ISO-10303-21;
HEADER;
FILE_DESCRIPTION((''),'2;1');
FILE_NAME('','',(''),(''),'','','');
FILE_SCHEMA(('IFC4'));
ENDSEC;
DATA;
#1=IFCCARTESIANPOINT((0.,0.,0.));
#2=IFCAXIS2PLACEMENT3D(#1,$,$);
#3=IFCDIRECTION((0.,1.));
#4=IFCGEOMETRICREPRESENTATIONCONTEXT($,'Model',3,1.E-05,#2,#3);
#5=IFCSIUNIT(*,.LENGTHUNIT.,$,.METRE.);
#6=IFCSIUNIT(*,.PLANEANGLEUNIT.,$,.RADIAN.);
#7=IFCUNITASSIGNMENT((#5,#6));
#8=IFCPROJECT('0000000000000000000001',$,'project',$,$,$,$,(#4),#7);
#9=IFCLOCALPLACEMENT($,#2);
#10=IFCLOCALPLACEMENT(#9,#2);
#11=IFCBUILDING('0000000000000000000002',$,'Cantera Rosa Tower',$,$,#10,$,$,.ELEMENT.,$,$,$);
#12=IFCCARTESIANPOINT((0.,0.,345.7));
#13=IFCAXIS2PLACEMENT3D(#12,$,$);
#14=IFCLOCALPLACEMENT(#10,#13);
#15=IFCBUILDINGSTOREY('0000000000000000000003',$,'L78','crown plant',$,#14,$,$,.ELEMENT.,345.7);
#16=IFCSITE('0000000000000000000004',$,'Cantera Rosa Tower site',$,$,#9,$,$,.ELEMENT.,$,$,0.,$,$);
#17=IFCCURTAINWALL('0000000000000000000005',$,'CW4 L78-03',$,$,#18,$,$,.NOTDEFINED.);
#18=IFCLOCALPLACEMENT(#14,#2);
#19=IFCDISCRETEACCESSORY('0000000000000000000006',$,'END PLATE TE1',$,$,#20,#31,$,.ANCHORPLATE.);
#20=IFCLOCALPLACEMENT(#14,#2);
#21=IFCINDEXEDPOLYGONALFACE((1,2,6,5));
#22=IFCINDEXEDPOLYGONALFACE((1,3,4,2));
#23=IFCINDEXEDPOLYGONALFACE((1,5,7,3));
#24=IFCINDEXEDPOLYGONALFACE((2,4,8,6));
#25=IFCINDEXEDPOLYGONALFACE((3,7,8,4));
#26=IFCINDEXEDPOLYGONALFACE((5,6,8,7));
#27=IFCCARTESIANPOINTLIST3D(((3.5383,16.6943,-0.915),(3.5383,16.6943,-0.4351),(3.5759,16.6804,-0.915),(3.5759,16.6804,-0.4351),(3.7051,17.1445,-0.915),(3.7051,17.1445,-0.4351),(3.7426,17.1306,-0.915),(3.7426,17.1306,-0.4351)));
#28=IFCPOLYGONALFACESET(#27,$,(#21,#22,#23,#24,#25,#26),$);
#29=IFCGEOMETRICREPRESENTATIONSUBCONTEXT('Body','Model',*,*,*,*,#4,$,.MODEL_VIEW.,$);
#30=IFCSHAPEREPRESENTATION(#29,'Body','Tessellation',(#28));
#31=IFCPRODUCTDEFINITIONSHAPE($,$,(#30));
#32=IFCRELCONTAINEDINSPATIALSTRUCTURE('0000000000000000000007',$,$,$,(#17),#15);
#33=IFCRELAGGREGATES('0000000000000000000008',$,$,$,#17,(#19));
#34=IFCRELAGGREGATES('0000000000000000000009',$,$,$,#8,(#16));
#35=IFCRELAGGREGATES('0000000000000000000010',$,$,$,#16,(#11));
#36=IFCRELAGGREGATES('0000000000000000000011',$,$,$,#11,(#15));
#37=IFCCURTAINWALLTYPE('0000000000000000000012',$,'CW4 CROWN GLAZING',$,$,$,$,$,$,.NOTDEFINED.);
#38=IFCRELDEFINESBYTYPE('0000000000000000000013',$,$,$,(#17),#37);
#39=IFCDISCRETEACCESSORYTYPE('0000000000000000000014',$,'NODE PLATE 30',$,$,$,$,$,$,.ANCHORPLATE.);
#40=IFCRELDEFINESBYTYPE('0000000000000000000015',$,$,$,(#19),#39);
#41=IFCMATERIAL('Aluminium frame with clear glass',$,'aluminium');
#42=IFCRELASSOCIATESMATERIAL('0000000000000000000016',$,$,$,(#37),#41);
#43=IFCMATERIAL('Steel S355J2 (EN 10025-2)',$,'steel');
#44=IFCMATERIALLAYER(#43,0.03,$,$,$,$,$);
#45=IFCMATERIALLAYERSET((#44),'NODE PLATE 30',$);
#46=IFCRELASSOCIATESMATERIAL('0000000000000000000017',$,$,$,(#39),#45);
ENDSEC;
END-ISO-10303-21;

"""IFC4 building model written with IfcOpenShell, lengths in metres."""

from ifc_helpers import new_model, si_unit, direction, frame, origin, place, context, subcontext, project, spatial, polyline, outline, extrude, material, layer, layer_set, type_object, element, aggregate, save


model = new_model("IFC4")

# Units and contexts
model_context = context("Model", 3, precision=1e-05, world=origin(), true_north=direction((0.0, 1.0)))
body_context = subcontext(model_context, "Body", "Model", "MODEL_VIEW")
ifc_project = project(units=[si_unit("LENGTHUNIT", "METRE"), si_unit("PLANEANGLEUNIT", "RADIAN")], contexts=[model_context])

# Site, building, storey
site_placement = place(None, origin())
site = spatial("IfcSite", under=ifc_project, at=site_placement, Name="Cantera Rosa Tower site", CompositionType="ELEMENT", RefElevation=0.0)
building_placement = place(site_placement, origin())
building = spatial("IfcBuilding", under=site, at=building_placement, Name="Cantera Rosa Tower", CompositionType="ELEMENT")
storey_placement = place(building_placement, frame((0.0, 0.0, 345.7)))
storey = spatial("IfcBuildingStorey", under=building, at=storey_placement, Name="L78", Description="crown plant", CompositionType="ELEMENT", Elevation=345.7)

# Shared definitions
ifc_material_1 = material(Name="Aluminium frame with clear glass", Category="aluminium")
curtain_wall_type = type_object("IfcCurtainWallType", Name="CW4 CROWN GLAZING", PredefinedType="NOTDEFINED", material=ifc_material_1)

# Curtain wall, discrete accessory
curtain_wall_1_placement = place(storey_placement, origin())
curtain_wall_1 = element("IfcCurtainWall", 1, at=curtain_wall_1_placement, inside=storey, type_object=curtain_wall_type, Name="CW4 L78-03", PredefinedType="NOTDEFINED")
ifc_material_2 = material(Name="Steel S355J2 (EN 10025-2)", Category="steel")
ifc_layer_1 = layer(ifc_material_2, 0.03)
ifc_layer_set_1 = layer_set([ifc_layer_1], Name="NODE PLATE 30")
discrete_accessory_type = type_object("IfcDiscreteAccessoryType", Name="NODE PLATE 30", PredefinedType="ANCHORPLATE", material=ifc_layer_set_1)
discrete_accessory_placement = place(storey_placement, frame((3.5383, 16.6943, -0.4351), z_axis=(-0.937743, 0.347331, 0.0), x_axis=(0.347331, 0.937743, 0.0)))
discrete_accessory = element("IfcDiscreteAccessory", 2, at=discrete_accessory_placement, type_object=discrete_accessory_type, Name="END PLATE TE1", PredefinedType="ANCHORPLATE", context=body_context, shape_type="SweptSolid", body=[
    extrude(outline(polyline([(0.0, 0.0), (0.4801, 0.0), (0.4801, 0.48), (0.0, 0.48), (0.0, 0.0)])), origin(), (0.0, 0.0, -1.0), 0.04),
])
aggregate(curtain_wall_1, [discrete_accessory])

save(model, "model.ifc")
